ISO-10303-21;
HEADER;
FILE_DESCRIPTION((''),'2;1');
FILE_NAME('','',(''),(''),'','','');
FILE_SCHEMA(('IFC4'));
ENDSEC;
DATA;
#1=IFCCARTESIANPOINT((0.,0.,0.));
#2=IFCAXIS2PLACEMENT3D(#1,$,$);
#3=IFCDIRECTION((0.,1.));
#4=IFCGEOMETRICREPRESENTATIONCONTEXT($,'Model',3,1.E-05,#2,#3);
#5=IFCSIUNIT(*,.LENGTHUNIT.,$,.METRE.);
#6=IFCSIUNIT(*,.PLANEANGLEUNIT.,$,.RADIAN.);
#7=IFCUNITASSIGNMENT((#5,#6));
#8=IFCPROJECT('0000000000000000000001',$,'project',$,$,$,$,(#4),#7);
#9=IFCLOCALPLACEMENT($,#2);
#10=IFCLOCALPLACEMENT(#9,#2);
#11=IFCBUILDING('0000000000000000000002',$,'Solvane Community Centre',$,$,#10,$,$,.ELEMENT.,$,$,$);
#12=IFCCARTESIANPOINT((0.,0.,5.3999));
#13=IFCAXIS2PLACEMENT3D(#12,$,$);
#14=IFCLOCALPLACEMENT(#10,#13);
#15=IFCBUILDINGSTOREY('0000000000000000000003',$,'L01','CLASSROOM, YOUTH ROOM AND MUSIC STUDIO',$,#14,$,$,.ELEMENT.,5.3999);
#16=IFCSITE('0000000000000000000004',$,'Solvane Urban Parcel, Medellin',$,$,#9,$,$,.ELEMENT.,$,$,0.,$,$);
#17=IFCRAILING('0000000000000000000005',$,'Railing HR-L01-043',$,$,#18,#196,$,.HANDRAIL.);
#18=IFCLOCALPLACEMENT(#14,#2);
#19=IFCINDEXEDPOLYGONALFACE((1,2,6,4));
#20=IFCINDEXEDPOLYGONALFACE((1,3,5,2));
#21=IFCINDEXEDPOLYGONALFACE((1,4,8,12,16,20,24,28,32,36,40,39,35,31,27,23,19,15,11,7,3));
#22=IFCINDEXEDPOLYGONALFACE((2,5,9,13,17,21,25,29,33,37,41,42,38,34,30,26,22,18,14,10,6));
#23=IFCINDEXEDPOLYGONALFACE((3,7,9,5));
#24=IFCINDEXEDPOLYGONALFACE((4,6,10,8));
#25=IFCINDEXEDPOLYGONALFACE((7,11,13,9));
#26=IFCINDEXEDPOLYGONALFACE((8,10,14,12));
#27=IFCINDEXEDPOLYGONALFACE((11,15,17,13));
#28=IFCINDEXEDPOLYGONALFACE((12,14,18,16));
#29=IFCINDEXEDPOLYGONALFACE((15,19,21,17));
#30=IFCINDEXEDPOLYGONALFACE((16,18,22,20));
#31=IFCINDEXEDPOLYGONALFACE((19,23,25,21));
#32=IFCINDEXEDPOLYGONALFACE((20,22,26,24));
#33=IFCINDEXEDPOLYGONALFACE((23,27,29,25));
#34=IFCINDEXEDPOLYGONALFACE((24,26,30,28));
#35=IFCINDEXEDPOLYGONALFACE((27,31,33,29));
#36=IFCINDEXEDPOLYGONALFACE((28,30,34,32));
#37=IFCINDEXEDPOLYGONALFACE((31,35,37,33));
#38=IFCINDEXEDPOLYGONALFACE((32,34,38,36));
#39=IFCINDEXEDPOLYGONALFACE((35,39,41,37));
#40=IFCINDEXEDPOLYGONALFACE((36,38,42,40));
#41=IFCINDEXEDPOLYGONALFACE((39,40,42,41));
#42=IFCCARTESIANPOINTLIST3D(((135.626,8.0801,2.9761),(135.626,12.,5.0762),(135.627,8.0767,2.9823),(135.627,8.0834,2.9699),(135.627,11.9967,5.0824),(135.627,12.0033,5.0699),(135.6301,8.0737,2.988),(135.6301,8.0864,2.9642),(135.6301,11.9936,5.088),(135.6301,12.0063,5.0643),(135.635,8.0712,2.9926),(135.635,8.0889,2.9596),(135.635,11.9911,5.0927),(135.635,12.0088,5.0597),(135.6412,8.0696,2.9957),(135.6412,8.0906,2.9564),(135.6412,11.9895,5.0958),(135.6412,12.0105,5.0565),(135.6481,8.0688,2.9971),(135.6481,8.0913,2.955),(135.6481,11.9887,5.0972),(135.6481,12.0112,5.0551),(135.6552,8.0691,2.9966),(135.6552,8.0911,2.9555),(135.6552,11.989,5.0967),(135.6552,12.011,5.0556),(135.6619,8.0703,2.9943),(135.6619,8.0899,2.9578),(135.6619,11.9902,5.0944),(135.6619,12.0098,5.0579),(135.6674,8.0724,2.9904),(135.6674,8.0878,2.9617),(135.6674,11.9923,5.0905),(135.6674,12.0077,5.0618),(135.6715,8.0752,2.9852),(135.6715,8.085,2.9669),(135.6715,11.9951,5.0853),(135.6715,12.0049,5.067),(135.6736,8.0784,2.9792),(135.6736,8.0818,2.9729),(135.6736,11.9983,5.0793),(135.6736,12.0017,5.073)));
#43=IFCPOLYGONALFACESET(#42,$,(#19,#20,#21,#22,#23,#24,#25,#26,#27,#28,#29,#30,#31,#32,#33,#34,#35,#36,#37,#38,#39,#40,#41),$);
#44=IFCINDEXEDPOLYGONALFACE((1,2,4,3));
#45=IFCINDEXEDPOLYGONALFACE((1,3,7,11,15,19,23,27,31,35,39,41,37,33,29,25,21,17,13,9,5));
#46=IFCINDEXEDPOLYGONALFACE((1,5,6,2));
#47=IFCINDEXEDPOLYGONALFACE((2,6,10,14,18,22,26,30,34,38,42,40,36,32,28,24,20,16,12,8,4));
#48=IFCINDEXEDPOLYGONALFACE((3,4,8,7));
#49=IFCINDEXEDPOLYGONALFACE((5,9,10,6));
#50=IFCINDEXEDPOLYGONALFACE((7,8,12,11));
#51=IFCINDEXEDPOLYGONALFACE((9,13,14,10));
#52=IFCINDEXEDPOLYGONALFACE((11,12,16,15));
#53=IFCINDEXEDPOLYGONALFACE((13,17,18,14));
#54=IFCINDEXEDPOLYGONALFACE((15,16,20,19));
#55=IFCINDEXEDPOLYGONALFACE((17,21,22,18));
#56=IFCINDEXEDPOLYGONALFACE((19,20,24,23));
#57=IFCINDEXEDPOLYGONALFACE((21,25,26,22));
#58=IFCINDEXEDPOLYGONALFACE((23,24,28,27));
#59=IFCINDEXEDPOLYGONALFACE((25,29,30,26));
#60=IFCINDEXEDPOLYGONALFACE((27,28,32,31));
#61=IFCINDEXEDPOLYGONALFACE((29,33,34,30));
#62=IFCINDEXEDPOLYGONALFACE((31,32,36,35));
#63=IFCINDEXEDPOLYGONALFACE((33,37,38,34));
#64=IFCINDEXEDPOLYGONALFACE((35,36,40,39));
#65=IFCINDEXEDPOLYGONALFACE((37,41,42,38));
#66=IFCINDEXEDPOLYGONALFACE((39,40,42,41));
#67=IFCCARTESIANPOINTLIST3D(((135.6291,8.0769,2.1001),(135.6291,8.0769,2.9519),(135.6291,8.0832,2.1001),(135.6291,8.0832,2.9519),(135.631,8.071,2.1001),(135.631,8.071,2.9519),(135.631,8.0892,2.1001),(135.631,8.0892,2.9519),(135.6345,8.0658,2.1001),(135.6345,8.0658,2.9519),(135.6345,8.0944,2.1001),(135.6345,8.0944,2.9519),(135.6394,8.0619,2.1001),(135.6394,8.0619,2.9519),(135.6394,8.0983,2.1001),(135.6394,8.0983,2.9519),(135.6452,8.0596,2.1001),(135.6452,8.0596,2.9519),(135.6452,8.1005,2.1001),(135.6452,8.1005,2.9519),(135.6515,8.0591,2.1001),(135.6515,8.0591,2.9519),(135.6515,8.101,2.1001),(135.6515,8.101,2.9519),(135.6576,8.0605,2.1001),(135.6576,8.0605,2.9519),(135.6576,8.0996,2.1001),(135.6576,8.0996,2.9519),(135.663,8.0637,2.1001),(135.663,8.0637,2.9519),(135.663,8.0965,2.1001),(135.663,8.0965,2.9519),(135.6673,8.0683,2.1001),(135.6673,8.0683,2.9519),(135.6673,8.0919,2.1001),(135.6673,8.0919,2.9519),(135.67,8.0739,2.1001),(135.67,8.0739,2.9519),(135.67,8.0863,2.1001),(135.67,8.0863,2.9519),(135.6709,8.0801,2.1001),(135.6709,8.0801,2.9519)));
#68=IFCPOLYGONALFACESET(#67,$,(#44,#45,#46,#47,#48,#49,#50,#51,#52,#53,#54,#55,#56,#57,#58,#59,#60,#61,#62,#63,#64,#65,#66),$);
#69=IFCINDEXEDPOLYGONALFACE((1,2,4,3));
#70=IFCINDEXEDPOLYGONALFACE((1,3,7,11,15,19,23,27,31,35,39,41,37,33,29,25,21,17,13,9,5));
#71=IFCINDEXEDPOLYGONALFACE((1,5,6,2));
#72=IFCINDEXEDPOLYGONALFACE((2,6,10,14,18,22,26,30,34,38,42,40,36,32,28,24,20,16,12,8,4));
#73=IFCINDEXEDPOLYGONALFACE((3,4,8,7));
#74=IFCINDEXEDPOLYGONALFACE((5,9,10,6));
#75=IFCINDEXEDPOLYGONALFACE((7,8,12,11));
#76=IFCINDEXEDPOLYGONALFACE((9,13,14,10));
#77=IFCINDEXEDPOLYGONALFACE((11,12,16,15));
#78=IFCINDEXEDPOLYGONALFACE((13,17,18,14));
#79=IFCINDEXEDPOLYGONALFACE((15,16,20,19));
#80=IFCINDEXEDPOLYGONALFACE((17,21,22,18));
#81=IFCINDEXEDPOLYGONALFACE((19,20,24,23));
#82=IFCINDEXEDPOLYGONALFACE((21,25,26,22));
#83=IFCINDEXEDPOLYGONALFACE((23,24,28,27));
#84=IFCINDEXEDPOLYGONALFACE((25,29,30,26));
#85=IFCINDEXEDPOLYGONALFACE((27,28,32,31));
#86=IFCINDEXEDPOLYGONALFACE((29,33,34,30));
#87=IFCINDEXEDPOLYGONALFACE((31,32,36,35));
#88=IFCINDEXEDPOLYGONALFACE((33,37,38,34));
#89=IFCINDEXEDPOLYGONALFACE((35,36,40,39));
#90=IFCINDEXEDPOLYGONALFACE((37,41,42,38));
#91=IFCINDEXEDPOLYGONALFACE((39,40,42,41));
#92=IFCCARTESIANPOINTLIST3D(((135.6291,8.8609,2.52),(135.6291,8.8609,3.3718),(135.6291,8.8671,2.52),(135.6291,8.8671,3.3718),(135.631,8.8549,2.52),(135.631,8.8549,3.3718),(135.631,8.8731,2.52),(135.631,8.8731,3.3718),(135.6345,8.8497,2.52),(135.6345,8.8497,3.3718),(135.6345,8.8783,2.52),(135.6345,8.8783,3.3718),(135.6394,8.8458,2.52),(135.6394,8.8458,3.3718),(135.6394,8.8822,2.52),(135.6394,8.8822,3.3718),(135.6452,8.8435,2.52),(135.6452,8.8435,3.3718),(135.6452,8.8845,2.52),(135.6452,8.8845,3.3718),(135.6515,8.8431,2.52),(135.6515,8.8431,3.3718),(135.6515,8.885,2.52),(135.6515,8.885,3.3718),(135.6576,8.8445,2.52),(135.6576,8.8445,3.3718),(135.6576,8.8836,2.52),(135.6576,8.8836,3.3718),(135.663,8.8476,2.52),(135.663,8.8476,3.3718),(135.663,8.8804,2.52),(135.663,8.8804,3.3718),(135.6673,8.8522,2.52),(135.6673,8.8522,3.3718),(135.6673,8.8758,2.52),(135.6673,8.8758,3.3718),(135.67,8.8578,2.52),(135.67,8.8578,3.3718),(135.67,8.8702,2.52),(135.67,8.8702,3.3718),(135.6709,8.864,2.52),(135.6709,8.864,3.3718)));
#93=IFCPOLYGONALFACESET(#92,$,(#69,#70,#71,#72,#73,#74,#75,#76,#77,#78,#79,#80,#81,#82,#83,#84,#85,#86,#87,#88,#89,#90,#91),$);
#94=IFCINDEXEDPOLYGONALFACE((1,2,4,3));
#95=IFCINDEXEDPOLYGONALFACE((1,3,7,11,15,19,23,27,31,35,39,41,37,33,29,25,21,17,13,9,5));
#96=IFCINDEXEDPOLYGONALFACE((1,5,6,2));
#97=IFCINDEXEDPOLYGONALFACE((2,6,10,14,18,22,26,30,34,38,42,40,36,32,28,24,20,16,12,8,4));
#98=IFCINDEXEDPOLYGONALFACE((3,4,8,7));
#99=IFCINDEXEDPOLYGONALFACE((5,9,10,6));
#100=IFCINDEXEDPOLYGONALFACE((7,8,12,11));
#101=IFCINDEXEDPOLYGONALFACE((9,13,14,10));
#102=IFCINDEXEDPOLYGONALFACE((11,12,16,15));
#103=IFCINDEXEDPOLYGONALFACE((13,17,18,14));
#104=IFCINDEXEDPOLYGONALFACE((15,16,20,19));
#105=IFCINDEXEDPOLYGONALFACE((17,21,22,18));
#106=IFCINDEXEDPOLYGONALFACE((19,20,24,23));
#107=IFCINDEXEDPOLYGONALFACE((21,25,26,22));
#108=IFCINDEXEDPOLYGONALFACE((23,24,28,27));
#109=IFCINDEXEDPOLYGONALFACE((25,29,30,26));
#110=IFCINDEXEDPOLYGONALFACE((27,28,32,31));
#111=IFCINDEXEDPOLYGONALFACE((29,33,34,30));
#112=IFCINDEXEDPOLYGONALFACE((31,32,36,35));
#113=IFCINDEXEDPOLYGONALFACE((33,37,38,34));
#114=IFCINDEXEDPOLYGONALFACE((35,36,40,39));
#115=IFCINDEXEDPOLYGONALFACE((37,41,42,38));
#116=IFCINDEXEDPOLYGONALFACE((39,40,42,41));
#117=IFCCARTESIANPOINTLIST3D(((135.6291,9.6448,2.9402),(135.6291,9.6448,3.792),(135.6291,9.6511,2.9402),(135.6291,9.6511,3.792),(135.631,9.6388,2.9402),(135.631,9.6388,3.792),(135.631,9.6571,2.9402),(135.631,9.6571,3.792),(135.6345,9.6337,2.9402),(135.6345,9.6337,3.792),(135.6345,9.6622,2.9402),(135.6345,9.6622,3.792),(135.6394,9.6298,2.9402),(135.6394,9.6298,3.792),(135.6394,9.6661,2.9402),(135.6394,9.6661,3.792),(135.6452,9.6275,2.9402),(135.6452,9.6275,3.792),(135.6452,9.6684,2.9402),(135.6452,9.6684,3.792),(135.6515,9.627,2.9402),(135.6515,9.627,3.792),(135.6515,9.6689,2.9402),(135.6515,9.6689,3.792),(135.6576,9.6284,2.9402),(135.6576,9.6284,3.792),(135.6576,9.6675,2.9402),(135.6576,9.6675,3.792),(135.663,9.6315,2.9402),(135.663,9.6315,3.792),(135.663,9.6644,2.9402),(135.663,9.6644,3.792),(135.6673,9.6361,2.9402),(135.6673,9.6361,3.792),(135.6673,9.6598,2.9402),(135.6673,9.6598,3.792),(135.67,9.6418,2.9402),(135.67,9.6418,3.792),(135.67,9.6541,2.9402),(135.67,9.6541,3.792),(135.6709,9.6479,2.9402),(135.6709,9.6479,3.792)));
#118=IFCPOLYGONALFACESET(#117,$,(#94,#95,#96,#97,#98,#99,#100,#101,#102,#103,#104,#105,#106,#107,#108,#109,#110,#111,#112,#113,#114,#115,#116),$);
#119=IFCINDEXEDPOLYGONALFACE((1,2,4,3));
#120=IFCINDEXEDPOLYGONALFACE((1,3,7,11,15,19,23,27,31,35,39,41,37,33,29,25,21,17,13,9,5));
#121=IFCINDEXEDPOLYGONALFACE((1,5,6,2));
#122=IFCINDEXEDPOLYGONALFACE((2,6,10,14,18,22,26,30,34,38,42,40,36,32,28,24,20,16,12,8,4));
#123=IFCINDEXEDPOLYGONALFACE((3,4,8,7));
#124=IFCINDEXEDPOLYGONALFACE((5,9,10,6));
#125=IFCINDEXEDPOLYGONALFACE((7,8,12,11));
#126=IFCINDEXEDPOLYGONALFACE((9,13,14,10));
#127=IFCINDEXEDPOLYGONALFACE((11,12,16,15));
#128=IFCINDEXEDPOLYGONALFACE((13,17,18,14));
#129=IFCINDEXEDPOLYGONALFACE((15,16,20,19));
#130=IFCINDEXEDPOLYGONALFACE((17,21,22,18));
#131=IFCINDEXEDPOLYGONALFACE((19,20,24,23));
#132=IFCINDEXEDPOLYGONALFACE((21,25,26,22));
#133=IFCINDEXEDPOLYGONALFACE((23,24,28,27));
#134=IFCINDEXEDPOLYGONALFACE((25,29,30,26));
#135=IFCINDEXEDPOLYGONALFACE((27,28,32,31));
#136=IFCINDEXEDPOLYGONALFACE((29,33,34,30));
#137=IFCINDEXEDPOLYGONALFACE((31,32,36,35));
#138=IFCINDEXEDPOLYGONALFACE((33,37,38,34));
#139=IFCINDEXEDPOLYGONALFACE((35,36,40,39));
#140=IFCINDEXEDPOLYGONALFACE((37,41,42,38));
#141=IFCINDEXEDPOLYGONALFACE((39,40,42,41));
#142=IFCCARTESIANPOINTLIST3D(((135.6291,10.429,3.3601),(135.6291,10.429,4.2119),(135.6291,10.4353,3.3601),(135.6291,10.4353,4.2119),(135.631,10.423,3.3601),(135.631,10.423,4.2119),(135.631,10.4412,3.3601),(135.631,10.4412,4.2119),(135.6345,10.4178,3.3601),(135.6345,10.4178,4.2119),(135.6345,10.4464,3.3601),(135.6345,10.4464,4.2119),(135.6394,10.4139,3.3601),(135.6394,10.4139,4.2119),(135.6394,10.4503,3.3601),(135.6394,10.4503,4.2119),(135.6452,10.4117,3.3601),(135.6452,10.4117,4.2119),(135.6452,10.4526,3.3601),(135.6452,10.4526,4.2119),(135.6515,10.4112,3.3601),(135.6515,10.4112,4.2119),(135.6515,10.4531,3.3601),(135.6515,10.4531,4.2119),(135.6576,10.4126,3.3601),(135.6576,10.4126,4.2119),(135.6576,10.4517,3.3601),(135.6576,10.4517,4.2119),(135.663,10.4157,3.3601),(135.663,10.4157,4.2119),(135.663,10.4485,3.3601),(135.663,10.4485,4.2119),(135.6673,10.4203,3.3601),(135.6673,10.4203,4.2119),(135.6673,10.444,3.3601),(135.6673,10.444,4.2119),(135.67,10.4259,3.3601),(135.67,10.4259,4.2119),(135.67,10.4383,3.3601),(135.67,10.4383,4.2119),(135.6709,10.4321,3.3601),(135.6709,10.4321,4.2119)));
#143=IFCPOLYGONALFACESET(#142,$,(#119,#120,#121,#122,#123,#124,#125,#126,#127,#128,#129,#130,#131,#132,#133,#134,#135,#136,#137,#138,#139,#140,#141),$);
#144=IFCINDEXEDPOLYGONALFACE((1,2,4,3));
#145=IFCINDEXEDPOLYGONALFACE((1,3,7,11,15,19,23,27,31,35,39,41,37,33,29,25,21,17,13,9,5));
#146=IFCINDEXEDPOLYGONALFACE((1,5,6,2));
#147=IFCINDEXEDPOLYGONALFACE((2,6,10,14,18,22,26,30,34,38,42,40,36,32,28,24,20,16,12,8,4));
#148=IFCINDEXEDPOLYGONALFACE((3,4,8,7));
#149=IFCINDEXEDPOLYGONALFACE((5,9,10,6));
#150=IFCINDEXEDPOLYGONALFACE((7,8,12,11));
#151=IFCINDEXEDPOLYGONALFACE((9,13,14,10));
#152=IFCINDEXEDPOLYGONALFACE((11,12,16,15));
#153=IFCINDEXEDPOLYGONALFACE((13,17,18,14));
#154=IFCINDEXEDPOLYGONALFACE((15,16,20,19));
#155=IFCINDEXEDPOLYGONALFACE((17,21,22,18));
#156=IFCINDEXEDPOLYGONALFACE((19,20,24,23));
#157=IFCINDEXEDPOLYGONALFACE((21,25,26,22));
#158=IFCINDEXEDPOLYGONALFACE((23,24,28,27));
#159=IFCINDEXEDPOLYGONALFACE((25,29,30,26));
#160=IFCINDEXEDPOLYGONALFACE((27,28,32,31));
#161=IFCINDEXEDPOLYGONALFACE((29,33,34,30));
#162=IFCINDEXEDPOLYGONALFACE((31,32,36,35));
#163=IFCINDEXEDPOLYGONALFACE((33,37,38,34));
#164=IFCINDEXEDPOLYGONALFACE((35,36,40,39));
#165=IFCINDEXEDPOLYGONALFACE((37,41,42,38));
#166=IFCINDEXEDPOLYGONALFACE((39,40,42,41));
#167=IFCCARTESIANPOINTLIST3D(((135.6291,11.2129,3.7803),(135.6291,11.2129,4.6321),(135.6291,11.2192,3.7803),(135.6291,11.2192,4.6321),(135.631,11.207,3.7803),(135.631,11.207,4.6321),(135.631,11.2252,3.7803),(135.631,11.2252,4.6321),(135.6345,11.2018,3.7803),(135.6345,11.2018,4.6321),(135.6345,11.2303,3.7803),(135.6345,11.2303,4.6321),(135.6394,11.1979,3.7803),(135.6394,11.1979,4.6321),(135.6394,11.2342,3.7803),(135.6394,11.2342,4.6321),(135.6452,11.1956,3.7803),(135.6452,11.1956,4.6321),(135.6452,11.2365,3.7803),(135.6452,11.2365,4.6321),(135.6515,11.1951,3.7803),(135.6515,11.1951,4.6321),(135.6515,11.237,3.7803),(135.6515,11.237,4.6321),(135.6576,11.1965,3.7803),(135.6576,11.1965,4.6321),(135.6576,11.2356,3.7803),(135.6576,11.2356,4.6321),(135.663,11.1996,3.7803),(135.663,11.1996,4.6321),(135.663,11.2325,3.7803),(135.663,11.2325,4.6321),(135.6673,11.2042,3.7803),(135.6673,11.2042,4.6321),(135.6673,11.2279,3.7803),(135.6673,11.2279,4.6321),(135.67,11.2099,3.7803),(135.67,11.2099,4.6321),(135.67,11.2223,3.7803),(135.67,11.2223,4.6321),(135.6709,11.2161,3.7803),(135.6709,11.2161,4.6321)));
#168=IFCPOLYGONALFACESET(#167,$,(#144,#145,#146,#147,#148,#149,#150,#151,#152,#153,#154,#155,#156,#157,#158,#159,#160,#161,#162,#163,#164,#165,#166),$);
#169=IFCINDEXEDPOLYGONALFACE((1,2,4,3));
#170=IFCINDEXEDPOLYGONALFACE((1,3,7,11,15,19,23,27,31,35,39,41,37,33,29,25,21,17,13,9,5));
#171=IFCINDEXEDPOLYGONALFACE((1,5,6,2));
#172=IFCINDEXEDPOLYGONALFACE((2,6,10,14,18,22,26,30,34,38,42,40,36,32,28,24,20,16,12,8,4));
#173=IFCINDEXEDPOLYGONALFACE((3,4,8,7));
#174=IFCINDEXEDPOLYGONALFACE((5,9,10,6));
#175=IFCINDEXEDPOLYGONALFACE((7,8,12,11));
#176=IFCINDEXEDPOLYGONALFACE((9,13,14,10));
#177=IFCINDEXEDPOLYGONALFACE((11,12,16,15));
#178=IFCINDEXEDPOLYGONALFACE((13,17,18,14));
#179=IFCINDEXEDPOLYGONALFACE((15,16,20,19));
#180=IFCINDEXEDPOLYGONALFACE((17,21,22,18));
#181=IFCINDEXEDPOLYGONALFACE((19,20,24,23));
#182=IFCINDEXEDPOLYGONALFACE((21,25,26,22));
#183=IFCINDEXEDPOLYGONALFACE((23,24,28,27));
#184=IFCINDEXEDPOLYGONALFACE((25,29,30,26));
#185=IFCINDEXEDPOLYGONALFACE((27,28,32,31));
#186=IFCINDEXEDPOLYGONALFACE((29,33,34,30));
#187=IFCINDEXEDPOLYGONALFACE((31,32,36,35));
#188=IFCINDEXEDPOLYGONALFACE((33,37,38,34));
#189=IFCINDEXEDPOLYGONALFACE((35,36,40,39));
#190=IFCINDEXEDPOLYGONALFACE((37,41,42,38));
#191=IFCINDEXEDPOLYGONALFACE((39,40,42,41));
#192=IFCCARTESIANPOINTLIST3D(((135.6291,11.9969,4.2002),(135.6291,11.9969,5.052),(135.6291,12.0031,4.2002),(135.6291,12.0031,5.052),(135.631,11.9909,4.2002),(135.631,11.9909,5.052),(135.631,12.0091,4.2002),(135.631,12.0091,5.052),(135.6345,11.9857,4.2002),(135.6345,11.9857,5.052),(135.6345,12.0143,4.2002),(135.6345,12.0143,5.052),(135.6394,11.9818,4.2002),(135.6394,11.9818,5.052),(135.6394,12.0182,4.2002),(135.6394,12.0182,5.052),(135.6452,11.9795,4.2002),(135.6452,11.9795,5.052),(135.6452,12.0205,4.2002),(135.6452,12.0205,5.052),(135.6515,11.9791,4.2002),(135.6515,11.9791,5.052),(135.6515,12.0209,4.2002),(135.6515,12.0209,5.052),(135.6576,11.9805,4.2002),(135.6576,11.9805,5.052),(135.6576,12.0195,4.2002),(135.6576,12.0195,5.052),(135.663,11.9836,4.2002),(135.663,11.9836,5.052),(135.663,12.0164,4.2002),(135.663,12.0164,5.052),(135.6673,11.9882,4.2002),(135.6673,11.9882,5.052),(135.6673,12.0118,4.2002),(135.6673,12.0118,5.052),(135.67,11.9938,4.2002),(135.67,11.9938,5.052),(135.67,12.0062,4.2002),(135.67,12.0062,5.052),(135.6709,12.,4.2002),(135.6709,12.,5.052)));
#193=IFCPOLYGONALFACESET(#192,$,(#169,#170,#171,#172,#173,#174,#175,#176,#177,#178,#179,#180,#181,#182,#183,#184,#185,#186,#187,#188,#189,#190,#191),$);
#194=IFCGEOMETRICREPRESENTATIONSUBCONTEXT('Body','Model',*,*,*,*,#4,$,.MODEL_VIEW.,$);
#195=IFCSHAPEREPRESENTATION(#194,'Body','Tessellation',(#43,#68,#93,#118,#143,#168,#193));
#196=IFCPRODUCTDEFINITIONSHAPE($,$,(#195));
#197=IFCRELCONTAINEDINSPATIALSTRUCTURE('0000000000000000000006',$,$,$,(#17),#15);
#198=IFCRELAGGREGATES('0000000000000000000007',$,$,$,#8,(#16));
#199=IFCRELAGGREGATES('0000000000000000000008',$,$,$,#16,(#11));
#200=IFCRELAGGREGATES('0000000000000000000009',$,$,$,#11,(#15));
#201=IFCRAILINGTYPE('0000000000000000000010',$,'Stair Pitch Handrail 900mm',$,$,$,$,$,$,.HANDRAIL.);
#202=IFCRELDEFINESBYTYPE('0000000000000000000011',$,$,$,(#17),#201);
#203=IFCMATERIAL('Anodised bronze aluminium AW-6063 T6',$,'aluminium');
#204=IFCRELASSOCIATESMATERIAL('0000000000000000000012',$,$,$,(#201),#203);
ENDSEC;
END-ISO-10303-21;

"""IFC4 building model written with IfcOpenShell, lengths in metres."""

from ifc_helpers import new_model, si_unit, direction, frame, origin, origin_2d, place, context, subcontext, project, spatial, circle, extrude, material, type_object, element, save


model = new_model("IFC4")

# Units and contexts
model_context = context("Model", 3, precision=1e-05, world=origin(), true_north=direction((0.0, 1.0)))
body_context = subcontext(model_context, "Body", "Model", "MODEL_VIEW")
ifc_project = project(units=[si_unit("LENGTHUNIT", "METRE"), si_unit("PLANEANGLEUNIT", "RADIAN")], contexts=[model_context])

# Site, building, storey
site_placement = place(None, origin())
site = spatial("IfcSite", under=ifc_project, at=site_placement, Name="Solvane Urban Parcel, Medellin", CompositionType="ELEMENT", RefElevation=0.0)
building_placement = place(site_placement, origin())
building = spatial("IfcBuilding", under=site, at=building_placement, Name="Solvane Community Centre", CompositionType="ELEMENT")
storey_placement = place(building_placement, frame((0.0, 0.0, 5.3999)))
storey = spatial("IfcBuildingStorey", under=building, at=storey_placement, Name="L01", Description="CLASSROOM, YOUTH ROOM AND MUSIC STUDIO", CompositionType="ELEMENT", Elevation=5.3999)

# Shared definitions
ifc_material_1 = material(Name="Anodised bronze aluminium AW-6063 T6", Category="aluminium")

# Railing
railing_type_1 = type_object("IfcRailingType", Name="Stair Pitch Handrail 900mm", PredefinedType="HANDRAIL", material=ifc_material_1)
railing_1_placement = place(storey_placement, frame((135.6499, 8.0801, 2.1001)))
element("IfcRailing", 1, at=railing_1_placement, inside=storey, type_object=railing_type_1, Name="Railing HR-L01-043", PredefinedType="HANDRAIL", context=body_context, shape_type="SweptSolid", body=[
    extrude(circle(Radius=0.0239, at=origin_2d()), frame((0.0, 0.0, 0.876), z_axis=(0.0, 0.881467, 0.472246), x_axis=(-1.0, 0.0, 0.0)), (0.0, 0.0, 1.0), 4.447),
    extrude(circle(Radius=0.021, at=origin_2d()), origin(), (0.0, 0.0, 1.0), 0.8518),
    extrude(circle(Radius=0.021, at=origin_2d()), frame((0.0, 0.7839, 0.4199)), (0.0, 0.0, 1.0), 0.8518),
    extrude(circle(Radius=0.021, at=origin_2d()), frame((0.0, 1.5679, 0.8401)), (0.0, 0.0, 1.0), 0.8518),
    extrude(circle(Radius=0.021, at=origin_2d()), frame((0.0, 2.3521, 1.26)), (0.0, 0.0, 1.0), 0.8518),
    extrude(circle(Radius=0.021, at=origin_2d()), frame((0.0, 3.136, 1.6802)), (0.0, 0.0, 1.0), 0.8518),
    extrude(circle(Radius=0.021, at=origin_2d()), frame((0.0, 3.9199, 2.1001)), (0.0, 0.0, 1.0), 0.8518),
])

save(model, "model.ifc")
